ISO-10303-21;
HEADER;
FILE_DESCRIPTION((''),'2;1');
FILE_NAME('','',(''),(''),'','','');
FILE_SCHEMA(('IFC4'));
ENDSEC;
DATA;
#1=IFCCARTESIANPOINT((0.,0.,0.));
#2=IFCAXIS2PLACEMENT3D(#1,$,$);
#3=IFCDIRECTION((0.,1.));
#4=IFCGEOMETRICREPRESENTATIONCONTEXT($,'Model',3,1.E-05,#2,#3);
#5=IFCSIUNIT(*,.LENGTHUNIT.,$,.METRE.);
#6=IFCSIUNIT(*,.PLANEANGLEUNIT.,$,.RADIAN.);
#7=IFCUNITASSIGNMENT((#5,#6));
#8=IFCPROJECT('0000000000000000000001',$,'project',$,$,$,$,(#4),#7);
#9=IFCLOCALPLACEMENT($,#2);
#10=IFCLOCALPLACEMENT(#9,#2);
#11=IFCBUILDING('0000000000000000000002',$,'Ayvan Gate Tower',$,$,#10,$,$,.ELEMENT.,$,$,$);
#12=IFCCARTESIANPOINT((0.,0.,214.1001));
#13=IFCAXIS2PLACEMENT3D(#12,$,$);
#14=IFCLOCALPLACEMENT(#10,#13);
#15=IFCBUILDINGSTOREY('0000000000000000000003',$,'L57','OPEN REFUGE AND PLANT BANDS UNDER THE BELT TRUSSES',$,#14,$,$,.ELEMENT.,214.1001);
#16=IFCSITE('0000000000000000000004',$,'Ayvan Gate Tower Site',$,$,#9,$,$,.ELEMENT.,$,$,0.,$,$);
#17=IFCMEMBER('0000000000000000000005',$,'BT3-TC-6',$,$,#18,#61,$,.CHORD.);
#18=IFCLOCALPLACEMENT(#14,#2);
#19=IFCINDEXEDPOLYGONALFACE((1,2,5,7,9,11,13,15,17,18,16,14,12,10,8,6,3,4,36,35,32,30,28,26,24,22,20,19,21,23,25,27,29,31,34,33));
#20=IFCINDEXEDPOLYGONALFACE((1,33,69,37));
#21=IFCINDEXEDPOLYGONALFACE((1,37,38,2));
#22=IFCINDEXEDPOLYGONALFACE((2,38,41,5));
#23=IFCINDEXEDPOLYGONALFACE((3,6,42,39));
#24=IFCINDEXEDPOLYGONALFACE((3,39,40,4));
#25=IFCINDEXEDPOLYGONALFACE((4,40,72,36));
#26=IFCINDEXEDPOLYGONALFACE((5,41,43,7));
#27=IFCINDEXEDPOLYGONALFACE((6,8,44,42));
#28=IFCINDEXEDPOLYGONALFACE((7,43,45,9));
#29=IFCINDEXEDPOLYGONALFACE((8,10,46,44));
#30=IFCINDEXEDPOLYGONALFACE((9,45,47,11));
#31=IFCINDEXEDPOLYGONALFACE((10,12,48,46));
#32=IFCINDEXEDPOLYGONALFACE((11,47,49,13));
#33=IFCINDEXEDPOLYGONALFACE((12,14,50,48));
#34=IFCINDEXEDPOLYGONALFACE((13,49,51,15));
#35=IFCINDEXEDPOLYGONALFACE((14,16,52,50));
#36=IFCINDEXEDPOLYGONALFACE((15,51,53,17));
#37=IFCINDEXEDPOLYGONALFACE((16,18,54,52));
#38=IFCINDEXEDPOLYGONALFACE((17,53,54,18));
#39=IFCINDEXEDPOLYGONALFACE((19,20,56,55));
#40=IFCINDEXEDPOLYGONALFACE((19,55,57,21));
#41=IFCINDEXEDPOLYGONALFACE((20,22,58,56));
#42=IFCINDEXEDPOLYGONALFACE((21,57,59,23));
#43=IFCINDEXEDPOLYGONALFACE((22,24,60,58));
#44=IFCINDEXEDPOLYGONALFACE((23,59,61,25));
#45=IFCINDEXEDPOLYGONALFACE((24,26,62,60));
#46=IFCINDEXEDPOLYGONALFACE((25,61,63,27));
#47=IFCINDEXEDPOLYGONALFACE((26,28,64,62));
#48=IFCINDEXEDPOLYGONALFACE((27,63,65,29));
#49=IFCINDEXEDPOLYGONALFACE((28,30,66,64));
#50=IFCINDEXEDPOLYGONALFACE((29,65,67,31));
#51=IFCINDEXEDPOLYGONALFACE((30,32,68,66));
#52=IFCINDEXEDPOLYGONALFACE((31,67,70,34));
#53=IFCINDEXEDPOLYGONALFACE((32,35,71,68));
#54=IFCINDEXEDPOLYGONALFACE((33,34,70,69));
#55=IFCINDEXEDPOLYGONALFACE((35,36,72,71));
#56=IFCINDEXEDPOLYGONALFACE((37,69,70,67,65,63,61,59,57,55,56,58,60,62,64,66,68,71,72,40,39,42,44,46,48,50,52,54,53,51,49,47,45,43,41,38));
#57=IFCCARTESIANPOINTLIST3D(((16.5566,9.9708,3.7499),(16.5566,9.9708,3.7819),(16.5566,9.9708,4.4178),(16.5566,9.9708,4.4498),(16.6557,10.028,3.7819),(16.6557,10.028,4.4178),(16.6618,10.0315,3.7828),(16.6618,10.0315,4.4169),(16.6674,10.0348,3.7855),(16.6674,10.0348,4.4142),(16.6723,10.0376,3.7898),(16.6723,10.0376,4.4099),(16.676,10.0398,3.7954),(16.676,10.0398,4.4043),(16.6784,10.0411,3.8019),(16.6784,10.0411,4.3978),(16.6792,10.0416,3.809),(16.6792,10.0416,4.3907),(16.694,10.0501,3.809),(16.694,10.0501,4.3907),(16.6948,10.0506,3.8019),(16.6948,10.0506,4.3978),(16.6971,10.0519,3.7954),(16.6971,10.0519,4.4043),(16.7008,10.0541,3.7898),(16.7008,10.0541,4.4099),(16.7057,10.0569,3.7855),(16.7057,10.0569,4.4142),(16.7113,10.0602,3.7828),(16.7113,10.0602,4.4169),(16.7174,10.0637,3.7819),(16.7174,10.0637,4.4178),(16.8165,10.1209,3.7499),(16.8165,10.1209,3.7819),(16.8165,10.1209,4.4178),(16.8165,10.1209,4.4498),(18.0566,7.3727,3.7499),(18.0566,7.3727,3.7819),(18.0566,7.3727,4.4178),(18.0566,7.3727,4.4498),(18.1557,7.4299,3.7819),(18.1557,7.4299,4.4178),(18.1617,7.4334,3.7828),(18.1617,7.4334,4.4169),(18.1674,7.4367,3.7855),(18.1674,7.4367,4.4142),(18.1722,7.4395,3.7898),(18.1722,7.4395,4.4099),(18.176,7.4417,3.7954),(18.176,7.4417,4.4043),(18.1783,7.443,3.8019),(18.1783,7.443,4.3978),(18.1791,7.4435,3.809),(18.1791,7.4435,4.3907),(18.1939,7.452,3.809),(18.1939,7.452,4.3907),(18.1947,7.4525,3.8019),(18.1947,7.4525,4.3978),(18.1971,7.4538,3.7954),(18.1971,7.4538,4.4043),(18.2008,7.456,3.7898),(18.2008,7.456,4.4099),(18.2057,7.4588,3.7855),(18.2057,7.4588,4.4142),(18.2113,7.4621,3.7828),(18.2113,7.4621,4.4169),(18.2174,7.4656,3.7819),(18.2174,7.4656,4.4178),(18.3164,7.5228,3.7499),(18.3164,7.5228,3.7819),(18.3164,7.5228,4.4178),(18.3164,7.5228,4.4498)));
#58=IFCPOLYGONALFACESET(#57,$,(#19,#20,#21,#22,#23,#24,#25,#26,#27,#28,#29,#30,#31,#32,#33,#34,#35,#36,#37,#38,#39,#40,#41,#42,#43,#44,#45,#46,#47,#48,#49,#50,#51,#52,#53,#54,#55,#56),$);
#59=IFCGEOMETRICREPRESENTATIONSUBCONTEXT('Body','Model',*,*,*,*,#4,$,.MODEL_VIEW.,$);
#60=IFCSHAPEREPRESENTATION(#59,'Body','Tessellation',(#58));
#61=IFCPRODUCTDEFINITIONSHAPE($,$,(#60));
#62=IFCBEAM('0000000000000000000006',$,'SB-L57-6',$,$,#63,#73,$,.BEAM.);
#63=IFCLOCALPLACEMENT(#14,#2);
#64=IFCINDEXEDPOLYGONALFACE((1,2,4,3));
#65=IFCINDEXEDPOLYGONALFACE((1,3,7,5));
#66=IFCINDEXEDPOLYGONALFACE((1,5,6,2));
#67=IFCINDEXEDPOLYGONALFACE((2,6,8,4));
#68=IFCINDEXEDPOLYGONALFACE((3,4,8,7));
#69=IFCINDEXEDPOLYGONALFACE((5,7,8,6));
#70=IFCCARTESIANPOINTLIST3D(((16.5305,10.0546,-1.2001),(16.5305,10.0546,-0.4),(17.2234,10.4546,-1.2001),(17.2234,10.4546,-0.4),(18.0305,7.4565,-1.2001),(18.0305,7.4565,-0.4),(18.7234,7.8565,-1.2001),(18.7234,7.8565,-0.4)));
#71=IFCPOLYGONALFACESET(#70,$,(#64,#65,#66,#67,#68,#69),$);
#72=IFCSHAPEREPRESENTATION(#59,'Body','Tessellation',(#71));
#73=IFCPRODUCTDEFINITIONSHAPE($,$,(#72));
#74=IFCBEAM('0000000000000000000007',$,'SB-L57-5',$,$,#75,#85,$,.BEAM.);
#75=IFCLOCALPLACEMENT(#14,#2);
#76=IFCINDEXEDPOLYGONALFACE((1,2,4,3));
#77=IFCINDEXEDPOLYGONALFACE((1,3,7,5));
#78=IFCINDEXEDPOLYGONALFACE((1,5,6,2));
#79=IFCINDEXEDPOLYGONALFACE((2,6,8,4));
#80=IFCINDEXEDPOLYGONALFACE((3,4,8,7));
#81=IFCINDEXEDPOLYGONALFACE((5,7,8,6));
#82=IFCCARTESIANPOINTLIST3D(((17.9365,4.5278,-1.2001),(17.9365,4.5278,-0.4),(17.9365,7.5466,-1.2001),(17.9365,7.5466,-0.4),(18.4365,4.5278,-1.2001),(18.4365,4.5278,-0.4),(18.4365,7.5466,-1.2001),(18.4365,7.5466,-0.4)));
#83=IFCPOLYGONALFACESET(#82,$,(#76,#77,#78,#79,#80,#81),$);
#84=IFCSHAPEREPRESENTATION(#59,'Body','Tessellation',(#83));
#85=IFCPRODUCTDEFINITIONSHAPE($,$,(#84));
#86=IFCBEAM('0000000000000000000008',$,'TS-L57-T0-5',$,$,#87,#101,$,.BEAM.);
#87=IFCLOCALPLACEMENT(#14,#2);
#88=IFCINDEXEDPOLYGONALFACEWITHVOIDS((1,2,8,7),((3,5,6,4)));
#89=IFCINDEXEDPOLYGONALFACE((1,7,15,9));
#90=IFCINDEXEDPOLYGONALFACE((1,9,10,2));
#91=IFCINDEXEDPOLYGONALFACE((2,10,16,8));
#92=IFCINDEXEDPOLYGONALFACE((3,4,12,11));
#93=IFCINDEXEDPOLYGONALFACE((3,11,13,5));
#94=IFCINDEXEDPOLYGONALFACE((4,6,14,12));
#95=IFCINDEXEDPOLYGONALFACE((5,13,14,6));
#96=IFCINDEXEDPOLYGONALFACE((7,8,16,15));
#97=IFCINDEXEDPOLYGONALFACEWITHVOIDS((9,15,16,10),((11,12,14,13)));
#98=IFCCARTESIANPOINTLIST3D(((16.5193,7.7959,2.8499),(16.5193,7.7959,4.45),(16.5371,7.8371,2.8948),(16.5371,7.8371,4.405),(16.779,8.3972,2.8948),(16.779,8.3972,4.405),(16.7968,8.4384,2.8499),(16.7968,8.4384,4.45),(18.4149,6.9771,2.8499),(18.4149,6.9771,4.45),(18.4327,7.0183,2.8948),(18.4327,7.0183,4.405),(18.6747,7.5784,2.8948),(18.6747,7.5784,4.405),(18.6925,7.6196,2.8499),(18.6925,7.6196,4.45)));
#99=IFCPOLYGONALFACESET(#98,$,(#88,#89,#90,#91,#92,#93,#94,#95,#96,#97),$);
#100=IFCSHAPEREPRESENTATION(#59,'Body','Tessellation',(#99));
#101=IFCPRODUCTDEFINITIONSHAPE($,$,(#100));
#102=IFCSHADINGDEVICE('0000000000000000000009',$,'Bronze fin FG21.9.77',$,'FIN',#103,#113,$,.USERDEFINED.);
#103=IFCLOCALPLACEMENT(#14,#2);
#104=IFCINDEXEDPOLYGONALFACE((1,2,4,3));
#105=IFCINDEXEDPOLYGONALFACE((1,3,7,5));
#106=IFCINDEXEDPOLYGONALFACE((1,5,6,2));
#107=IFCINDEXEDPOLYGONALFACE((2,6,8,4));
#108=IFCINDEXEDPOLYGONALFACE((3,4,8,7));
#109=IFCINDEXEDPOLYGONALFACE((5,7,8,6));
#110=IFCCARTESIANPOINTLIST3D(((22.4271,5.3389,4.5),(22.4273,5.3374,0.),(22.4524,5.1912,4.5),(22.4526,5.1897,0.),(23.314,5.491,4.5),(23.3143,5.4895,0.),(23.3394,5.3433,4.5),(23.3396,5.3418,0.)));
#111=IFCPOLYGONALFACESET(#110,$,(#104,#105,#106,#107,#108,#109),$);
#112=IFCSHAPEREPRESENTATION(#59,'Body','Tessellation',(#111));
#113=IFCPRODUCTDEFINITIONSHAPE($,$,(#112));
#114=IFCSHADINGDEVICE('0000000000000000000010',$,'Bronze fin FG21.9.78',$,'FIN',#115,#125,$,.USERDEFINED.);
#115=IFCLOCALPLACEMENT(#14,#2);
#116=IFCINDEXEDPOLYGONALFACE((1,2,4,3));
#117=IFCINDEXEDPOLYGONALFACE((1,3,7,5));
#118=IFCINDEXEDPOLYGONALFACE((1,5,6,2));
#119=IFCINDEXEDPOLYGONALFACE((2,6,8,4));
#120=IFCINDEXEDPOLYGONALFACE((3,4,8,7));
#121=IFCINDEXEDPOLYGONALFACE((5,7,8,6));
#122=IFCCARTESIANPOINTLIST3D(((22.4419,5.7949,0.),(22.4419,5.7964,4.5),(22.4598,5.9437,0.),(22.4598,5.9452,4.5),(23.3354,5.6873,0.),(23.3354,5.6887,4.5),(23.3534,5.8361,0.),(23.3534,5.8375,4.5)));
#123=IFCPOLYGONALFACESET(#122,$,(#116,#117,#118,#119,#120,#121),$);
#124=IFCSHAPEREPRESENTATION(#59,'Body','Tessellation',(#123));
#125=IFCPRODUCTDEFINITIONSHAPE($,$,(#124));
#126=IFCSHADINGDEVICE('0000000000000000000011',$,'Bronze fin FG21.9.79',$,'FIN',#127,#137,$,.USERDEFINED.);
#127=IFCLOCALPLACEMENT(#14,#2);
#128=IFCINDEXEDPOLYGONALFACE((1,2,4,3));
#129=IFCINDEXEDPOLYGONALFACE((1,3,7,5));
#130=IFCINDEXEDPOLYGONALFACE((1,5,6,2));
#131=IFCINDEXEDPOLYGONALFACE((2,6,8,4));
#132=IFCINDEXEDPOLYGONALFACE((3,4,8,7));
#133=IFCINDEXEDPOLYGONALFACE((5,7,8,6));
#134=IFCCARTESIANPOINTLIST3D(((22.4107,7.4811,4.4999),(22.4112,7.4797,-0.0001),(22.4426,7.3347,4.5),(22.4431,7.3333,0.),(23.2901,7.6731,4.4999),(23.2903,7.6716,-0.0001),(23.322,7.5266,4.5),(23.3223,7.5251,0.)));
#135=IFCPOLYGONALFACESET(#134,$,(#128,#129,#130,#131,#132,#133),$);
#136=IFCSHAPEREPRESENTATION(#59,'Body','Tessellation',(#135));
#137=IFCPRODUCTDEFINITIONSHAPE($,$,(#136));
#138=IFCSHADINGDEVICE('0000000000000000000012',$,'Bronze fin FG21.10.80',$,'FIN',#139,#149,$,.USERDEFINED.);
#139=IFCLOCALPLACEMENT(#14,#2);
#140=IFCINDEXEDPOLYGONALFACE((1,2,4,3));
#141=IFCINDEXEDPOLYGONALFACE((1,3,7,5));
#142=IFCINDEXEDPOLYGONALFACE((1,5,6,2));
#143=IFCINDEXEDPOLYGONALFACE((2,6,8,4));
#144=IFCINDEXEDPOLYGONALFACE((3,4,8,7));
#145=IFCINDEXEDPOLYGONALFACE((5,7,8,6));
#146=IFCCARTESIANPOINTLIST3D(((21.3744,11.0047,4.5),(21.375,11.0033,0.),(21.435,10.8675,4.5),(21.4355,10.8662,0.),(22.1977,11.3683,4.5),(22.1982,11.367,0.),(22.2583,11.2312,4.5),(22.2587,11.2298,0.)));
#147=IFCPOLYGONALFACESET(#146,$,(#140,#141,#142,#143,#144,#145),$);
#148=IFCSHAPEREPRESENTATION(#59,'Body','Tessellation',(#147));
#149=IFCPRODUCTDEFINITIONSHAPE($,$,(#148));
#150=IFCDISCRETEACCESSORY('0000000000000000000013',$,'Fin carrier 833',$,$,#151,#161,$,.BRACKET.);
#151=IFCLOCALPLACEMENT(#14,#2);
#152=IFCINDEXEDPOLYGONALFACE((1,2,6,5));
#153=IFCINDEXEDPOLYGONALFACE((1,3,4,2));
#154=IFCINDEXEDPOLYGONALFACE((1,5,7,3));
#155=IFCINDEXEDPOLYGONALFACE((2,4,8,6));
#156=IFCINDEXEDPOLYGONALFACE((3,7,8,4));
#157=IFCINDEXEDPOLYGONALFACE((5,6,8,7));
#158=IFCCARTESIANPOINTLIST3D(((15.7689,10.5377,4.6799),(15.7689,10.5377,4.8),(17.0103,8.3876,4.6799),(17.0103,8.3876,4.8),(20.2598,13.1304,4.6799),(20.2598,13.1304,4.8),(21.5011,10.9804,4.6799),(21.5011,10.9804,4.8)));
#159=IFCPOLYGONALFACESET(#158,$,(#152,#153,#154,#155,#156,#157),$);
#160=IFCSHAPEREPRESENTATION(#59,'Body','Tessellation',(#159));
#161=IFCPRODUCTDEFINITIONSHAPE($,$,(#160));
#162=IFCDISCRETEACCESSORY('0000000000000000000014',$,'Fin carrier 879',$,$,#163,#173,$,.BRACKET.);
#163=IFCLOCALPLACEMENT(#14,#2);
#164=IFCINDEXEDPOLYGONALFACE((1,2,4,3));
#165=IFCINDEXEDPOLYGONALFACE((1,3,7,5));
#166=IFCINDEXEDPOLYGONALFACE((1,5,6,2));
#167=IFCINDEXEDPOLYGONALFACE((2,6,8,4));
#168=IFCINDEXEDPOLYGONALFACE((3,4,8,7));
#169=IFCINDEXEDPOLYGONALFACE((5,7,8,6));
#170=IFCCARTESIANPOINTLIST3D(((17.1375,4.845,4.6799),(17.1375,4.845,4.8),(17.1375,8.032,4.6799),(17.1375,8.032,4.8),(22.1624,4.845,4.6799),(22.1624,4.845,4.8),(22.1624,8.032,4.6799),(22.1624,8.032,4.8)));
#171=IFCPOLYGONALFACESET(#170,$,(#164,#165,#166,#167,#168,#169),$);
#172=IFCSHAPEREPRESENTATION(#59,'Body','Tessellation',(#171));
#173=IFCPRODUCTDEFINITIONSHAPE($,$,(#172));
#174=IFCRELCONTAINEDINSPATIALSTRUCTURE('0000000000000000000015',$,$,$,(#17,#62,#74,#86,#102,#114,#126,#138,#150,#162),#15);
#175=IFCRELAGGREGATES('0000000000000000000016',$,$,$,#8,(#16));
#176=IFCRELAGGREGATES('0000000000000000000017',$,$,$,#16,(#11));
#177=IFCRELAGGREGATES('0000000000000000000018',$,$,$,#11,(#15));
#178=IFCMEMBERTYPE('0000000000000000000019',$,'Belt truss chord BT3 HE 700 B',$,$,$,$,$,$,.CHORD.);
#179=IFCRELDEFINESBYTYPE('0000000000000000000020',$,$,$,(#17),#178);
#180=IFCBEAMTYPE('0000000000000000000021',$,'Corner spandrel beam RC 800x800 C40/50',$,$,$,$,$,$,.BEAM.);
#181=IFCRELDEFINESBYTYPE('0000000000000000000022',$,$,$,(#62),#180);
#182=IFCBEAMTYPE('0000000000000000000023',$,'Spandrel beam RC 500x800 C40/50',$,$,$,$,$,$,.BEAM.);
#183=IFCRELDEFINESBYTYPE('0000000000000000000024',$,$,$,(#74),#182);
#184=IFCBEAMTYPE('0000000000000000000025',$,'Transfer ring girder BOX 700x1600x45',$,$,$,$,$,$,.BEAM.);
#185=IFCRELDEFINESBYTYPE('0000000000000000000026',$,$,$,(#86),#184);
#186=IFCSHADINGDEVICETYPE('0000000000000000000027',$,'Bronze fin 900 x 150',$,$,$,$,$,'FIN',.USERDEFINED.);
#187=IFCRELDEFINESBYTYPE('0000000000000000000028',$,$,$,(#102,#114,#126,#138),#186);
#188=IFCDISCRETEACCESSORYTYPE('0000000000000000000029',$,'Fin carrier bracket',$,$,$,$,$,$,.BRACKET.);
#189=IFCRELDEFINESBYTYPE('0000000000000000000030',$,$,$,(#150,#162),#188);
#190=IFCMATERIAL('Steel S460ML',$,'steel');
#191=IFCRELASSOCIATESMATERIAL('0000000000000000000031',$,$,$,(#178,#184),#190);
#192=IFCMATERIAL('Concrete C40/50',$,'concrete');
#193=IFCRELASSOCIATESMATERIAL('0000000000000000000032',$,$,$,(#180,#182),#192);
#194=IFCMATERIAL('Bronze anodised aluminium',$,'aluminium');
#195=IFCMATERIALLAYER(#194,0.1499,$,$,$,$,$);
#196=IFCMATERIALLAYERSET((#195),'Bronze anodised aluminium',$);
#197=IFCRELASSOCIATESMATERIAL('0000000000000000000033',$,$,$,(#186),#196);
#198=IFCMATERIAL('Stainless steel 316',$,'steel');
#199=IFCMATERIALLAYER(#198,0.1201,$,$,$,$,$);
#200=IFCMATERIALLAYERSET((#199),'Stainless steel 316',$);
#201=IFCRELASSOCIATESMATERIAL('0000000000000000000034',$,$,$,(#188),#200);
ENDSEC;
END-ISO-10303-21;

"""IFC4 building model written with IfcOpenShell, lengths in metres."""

from ifc_helpers import new_model, si_unit, direction, frame, origin, origin_2d, place, context, subcontext, project, spatial, polyline, rectangle, hollow_rectangle, i_section, outline, extrude, material, layer, layer_set, material_profile, profile_set, type_object, element, save


model = new_model("IFC4")

# Units and contexts
model_context = context("Model", 3, precision=1e-05, world=origin(), true_north=direction((0.0, 1.0)))
body_context = subcontext(model_context, "Body", "Model", "MODEL_VIEW")
ifc_project = project(units=[si_unit("LENGTHUNIT", "METRE"), si_unit("PLANEANGLEUNIT", "RADIAN")], contexts=[model_context])

# Site, building, storey
site_placement = place(None, origin())
site = spatial("IfcSite", under=ifc_project, at=site_placement, Name="Ayvan Gate Tower Site", CompositionType="ELEMENT", RefElevation=0.0)
building_placement = place(site_placement, origin())
building = spatial("IfcBuilding", under=site, at=building_placement, Name="Ayvan Gate Tower", CompositionType="ELEMENT")
storey_placement = place(building_placement, frame((0.0, 0.0, 214.1001)))
storey = spatial("IfcBuildingStorey", under=building, at=storey_placement, Name="L57", Description="OPEN REFUGE AND PLANT BANDS UNDER THE BELT TRUSSES", CompositionType="ELEMENT", Elevation=214.1001)

# Member
ifc_material_1 = material(Name="Steel S460ML", Category="steel")
ifc_material_profile_1 = material_profile(ifc_material_1, i_section(OverallWidth=0.3, OverallDepth=0.7, WebThickness=0.0171, FlangeThickness=0.032, FilletRadius=0.0271, at=origin_2d()), Name="HE 700 B")
ifc_profile_set_1 = profile_set([ifc_material_profile_1], Name="Steel S460ML")
member_type_1 = type_object("IfcMemberType", Name="Belt truss chord BT3 HE 700 B", PredefinedType="CHORD", material=ifc_profile_set_1)
member_1_placement = place(storey_placement, frame((18.1865, 7.4478, 4.0999), z_axis=(-0.49999, 0.866031, 0.0), x_axis=(-0.866031, -0.49999, 0.0)))
element("IfcMember", 1, at=member_1_placement, inside=storey, type_object=member_type_1, Name="BT3-TC-6", PredefinedType="CHORD", context=body_context, shape_type="SweptSolid", body=[
    extrude(i_section(OverallWidth=0.3, OverallDepth=0.7, WebThickness=0.0171, FlangeThickness=0.032, FilletRadius=0.0271, at=origin_2d()), origin(), (0.0, 0.0, 1.0), 3.0),
])

# Beams
ifc_material_2 = material(Name="Concrete C40/50", Category="concrete")
ifc_material_profile_2 = material_profile(ifc_material_2, rectangle(XDim=0.8, YDim=0.8, at=origin_2d()), Name="RC 800x800")
ifc_profile_set_2 = profile_set([ifc_material_profile_2], Name="Concrete C40/50")
beam_type_1 = type_object("IfcBeamType", Name="Corner spandrel beam RC 800x800 C40/50", PredefinedType="BEAM", material=ifc_profile_set_2)
beam_1_placement = place(storey_placement, frame((18.377, 7.6565, -0.8), z_axis=(-0.49999, 0.866031, 0.0), x_axis=(-0.866031, -0.49999, 0.0)))
element("IfcBeam", 2, at=beam_1_placement, inside=storey, type_object=beam_type_1, Name="SB-L57-6", PredefinedType="BEAM", context=body_context, shape_type="SweptSolid", body=[
    extrude(rectangle(XDim=0.8, YDim=0.8, at=origin_2d()), origin(), (0.0, 0.0, 1.0), 3.0),
])
ifc_material_profile_3 = material_profile(ifc_material_2, rectangle(XDim=0.5, YDim=0.8, at=origin_2d()), Name="RC 500x800")
ifc_profile_set_3 = profile_set([ifc_material_profile_3], Name="Concrete C40/50")
beam_type_2 = type_object("IfcBeamType", Name="Spandrel beam RC 500x800 C40/50", PredefinedType="BEAM", material=ifc_profile_set_3)
beam_2_placement = place(storey_placement, frame((18.1865, 4.5278, -0.8), z_axis=(0.0, 1.0, 0.0), x_axis=(-1.0, 0.0, 0.0)))
element("IfcBeam", 3, at=beam_2_placement, inside=storey, type_object=beam_type_2, Name="SB-L57-5", PredefinedType="BEAM", context=body_context, shape_type="SweptSolid", body=[
    extrude(rectangle(XDim=0.5, YDim=0.8, at=origin_2d()), origin(), (0.0, 0.0, 1.0), 3.0188),
])
ifc_material_profile_4 = material_profile(ifc_material_1, hollow_rectangle(XDim=0.7, YDim=1.6001, WallThickness=0.0449, at=origin_2d()), Name="BOX 700x1600x45")
ifc_profile_set_4 = profile_set([ifc_material_profile_4], Name="Steel S460ML")
beam_type_3 = type_object("IfcBeamType", Name="Transfer ring girder BOX 700x1600x45", PredefinedType="BEAM", material=ifc_profile_set_4)
beam_3_placement = place(storey_placement, frame((18.5537, 7.2983, 3.6499), z_axis=(-0.918022, 0.396529, 0.0), x_axis=(-0.396529, -0.918022, 0.0)))
element("IfcBeam", 4, at=beam_3_placement, inside=storey, type_object=beam_type_3, Name="TS-L57-T0-5", PredefinedType="BEAM", context=body_context, shape_type="SweptSolid", body=[
    extrude(hollow_rectangle(XDim=0.7, YDim=1.6001, WallThickness=0.0449, at=origin_2d()), origin(), (0.0, 0.0, 1.0), 2.0649),
])

# Shading devices
ifc_material_3 = material(Name="Bronze anodised aluminium", Category="aluminium")
ifc_layer_1 = layer(ifc_material_3, 0.1499)
ifc_layer_set_1 = layer_set([ifc_layer_1], Name="Bronze anodised aluminium")
shading_device_type = type_object("IfcShadingDeviceType", Name="Bronze fin 900 x 150", ElementType="FIN", PredefinedType="USERDEFINED", material=ifc_layer_set_1)
shading_device_1_placement = place(storey_placement, frame((22.4526, 5.1897, 0.0), z_axis=(0.169017, -0.985613, 0.00033), x_axis=(0.985613, 0.169017, 0.0)))
element("IfcShadingDevice", 5, at=shading_device_1_placement, inside=storey, type_object=shading_device_type, Name="Bronze fin FG21.9.77", ObjectType="FIN", PredefinedType="USERDEFINED", context=body_context, shape_type="SweptSolid", body=[
    extrude(outline(polyline([(0.0, 0.0), (0.8999, 0.0), (0.8999, 4.5), (0.0, 4.5), (0.0, 0.0)])), origin(), (0.0, 0.0, -1.0), 0.1499),
])
shading_device_2_placement = place(storey_placement, frame((22.4419, 5.7949, 0.0), z_axis=(-0.119627, -0.992819, 0.000323), x_axis=(0.992819, -0.119627, 0.0)))
element("IfcShadingDevice", 6, at=shading_device_2_placement, inside=storey, type_object=shading_device_type, Name="Bronze fin FG21.9.78", ObjectType="FIN", PredefinedType="USERDEFINED", context=body_context, shape_type="SweptSolid", body=[
    extrude(outline(polyline([(0.0, 0.0), (0.9, 0.0), (0.8998, 4.5), (-0.0002, 4.5), (0.0, 0.0)])), origin(), (0.0, 0.0, -1.0), 0.1499),
])
shading_device_3_placement = place(storey_placement, frame((22.4431, 7.3333, 0.0), z_axis=(0.213224, -0.977003, 0.000335), x_axis=(0.977003, 0.213224, 0.0)))
element("IfcShadingDevice", 7, at=shading_device_3_placement, inside=storey, type_object=shading_device_type, Name="Bronze fin FG21.9.79", ObjectType="FIN", PredefinedType="USERDEFINED", context=body_context, shape_type="SweptSolid", body=[
    extrude(outline(polyline([(0.0, 0.0), (0.8998, 0.0), (0.8999, 4.5), (-0.0002, 4.5), (0.0, 0.0)])), origin(), (0.0, 0.0, -1.0), 0.1499),
])
shading_device_4_placement = place(storey_placement, frame((21.4355, 10.8662, 0.0), z_axis=(0.404061, -0.914732, 0.000317), x_axis=(0.914732, 0.404061, 0.0)))
element("IfcShadingDevice", 8, at=shading_device_4_placement, inside=storey, type_object=shading_device_type, Name="Bronze fin FG21.10.80", ObjectType="FIN", PredefinedType="USERDEFINED", context=body_context, shape_type="SweptSolid", body=[
    extrude(outline(polyline([(0.0, 0.0), (0.8999, 0.0), (0.9001, 4.5), (0.0, 4.5), (0.0, 0.0)])), origin(), (0.0, 0.0, -1.0), 0.1499),
])

# Discrete accessories
ifc_material_4 = material(Name="Stainless steel 316", Category="steel")
ifc_layer_2 = layer(ifc_material_4, 0.1201)
ifc_layer_set_2 = layer_set([ifc_layer_2], Name="Stainless steel 316")
discrete_accessory_type_1 = type_object("IfcDiscreteAccessoryType", Name="Fin carrier bracket", PredefinedType="BRACKET", material=ifc_layer_set_2)
discrete_accessory_1_placement = place(storey_placement, frame((18.635, 10.759, 4.6799), z_axis=(0.0, 0.0, 1.0), x_axis=(-0.5, 0.866025, 0.0)))
element("IfcDiscreteAccessory", 9, at=discrete_accessory_1_placement, inside=storey, type_object=discrete_accessory_type_1, Name="Fin carrier 833", PredefinedType="BRACKET", context=body_context, shape_type="SweptSolid", body=[
    extrude(rectangle(XDim=2.4827, YDim=5.1855, at=origin_2d()), origin(), (0.0, 0.0, 1.0), 0.1201),
])
discrete_accessory_2_placement = place(storey_placement, frame((19.6499, 6.4385, 4.6799), z_axis=(0.0, 0.0, 1.0), x_axis=(0.0, 1.0, 0.0)))
element("IfcDiscreteAccessory", 10, at=discrete_accessory_2_placement, inside=storey, type_object=discrete_accessory_type_1, Name="Fin carrier 879", PredefinedType="BRACKET", context=body_context, shape_type="SweptSolid", body=[
    extrude(rectangle(XDim=3.187, YDim=5.0249, at=origin_2d()), origin(), (0.0, 0.0, 1.0), 0.1201),
])

save(model, "model.ifc")
